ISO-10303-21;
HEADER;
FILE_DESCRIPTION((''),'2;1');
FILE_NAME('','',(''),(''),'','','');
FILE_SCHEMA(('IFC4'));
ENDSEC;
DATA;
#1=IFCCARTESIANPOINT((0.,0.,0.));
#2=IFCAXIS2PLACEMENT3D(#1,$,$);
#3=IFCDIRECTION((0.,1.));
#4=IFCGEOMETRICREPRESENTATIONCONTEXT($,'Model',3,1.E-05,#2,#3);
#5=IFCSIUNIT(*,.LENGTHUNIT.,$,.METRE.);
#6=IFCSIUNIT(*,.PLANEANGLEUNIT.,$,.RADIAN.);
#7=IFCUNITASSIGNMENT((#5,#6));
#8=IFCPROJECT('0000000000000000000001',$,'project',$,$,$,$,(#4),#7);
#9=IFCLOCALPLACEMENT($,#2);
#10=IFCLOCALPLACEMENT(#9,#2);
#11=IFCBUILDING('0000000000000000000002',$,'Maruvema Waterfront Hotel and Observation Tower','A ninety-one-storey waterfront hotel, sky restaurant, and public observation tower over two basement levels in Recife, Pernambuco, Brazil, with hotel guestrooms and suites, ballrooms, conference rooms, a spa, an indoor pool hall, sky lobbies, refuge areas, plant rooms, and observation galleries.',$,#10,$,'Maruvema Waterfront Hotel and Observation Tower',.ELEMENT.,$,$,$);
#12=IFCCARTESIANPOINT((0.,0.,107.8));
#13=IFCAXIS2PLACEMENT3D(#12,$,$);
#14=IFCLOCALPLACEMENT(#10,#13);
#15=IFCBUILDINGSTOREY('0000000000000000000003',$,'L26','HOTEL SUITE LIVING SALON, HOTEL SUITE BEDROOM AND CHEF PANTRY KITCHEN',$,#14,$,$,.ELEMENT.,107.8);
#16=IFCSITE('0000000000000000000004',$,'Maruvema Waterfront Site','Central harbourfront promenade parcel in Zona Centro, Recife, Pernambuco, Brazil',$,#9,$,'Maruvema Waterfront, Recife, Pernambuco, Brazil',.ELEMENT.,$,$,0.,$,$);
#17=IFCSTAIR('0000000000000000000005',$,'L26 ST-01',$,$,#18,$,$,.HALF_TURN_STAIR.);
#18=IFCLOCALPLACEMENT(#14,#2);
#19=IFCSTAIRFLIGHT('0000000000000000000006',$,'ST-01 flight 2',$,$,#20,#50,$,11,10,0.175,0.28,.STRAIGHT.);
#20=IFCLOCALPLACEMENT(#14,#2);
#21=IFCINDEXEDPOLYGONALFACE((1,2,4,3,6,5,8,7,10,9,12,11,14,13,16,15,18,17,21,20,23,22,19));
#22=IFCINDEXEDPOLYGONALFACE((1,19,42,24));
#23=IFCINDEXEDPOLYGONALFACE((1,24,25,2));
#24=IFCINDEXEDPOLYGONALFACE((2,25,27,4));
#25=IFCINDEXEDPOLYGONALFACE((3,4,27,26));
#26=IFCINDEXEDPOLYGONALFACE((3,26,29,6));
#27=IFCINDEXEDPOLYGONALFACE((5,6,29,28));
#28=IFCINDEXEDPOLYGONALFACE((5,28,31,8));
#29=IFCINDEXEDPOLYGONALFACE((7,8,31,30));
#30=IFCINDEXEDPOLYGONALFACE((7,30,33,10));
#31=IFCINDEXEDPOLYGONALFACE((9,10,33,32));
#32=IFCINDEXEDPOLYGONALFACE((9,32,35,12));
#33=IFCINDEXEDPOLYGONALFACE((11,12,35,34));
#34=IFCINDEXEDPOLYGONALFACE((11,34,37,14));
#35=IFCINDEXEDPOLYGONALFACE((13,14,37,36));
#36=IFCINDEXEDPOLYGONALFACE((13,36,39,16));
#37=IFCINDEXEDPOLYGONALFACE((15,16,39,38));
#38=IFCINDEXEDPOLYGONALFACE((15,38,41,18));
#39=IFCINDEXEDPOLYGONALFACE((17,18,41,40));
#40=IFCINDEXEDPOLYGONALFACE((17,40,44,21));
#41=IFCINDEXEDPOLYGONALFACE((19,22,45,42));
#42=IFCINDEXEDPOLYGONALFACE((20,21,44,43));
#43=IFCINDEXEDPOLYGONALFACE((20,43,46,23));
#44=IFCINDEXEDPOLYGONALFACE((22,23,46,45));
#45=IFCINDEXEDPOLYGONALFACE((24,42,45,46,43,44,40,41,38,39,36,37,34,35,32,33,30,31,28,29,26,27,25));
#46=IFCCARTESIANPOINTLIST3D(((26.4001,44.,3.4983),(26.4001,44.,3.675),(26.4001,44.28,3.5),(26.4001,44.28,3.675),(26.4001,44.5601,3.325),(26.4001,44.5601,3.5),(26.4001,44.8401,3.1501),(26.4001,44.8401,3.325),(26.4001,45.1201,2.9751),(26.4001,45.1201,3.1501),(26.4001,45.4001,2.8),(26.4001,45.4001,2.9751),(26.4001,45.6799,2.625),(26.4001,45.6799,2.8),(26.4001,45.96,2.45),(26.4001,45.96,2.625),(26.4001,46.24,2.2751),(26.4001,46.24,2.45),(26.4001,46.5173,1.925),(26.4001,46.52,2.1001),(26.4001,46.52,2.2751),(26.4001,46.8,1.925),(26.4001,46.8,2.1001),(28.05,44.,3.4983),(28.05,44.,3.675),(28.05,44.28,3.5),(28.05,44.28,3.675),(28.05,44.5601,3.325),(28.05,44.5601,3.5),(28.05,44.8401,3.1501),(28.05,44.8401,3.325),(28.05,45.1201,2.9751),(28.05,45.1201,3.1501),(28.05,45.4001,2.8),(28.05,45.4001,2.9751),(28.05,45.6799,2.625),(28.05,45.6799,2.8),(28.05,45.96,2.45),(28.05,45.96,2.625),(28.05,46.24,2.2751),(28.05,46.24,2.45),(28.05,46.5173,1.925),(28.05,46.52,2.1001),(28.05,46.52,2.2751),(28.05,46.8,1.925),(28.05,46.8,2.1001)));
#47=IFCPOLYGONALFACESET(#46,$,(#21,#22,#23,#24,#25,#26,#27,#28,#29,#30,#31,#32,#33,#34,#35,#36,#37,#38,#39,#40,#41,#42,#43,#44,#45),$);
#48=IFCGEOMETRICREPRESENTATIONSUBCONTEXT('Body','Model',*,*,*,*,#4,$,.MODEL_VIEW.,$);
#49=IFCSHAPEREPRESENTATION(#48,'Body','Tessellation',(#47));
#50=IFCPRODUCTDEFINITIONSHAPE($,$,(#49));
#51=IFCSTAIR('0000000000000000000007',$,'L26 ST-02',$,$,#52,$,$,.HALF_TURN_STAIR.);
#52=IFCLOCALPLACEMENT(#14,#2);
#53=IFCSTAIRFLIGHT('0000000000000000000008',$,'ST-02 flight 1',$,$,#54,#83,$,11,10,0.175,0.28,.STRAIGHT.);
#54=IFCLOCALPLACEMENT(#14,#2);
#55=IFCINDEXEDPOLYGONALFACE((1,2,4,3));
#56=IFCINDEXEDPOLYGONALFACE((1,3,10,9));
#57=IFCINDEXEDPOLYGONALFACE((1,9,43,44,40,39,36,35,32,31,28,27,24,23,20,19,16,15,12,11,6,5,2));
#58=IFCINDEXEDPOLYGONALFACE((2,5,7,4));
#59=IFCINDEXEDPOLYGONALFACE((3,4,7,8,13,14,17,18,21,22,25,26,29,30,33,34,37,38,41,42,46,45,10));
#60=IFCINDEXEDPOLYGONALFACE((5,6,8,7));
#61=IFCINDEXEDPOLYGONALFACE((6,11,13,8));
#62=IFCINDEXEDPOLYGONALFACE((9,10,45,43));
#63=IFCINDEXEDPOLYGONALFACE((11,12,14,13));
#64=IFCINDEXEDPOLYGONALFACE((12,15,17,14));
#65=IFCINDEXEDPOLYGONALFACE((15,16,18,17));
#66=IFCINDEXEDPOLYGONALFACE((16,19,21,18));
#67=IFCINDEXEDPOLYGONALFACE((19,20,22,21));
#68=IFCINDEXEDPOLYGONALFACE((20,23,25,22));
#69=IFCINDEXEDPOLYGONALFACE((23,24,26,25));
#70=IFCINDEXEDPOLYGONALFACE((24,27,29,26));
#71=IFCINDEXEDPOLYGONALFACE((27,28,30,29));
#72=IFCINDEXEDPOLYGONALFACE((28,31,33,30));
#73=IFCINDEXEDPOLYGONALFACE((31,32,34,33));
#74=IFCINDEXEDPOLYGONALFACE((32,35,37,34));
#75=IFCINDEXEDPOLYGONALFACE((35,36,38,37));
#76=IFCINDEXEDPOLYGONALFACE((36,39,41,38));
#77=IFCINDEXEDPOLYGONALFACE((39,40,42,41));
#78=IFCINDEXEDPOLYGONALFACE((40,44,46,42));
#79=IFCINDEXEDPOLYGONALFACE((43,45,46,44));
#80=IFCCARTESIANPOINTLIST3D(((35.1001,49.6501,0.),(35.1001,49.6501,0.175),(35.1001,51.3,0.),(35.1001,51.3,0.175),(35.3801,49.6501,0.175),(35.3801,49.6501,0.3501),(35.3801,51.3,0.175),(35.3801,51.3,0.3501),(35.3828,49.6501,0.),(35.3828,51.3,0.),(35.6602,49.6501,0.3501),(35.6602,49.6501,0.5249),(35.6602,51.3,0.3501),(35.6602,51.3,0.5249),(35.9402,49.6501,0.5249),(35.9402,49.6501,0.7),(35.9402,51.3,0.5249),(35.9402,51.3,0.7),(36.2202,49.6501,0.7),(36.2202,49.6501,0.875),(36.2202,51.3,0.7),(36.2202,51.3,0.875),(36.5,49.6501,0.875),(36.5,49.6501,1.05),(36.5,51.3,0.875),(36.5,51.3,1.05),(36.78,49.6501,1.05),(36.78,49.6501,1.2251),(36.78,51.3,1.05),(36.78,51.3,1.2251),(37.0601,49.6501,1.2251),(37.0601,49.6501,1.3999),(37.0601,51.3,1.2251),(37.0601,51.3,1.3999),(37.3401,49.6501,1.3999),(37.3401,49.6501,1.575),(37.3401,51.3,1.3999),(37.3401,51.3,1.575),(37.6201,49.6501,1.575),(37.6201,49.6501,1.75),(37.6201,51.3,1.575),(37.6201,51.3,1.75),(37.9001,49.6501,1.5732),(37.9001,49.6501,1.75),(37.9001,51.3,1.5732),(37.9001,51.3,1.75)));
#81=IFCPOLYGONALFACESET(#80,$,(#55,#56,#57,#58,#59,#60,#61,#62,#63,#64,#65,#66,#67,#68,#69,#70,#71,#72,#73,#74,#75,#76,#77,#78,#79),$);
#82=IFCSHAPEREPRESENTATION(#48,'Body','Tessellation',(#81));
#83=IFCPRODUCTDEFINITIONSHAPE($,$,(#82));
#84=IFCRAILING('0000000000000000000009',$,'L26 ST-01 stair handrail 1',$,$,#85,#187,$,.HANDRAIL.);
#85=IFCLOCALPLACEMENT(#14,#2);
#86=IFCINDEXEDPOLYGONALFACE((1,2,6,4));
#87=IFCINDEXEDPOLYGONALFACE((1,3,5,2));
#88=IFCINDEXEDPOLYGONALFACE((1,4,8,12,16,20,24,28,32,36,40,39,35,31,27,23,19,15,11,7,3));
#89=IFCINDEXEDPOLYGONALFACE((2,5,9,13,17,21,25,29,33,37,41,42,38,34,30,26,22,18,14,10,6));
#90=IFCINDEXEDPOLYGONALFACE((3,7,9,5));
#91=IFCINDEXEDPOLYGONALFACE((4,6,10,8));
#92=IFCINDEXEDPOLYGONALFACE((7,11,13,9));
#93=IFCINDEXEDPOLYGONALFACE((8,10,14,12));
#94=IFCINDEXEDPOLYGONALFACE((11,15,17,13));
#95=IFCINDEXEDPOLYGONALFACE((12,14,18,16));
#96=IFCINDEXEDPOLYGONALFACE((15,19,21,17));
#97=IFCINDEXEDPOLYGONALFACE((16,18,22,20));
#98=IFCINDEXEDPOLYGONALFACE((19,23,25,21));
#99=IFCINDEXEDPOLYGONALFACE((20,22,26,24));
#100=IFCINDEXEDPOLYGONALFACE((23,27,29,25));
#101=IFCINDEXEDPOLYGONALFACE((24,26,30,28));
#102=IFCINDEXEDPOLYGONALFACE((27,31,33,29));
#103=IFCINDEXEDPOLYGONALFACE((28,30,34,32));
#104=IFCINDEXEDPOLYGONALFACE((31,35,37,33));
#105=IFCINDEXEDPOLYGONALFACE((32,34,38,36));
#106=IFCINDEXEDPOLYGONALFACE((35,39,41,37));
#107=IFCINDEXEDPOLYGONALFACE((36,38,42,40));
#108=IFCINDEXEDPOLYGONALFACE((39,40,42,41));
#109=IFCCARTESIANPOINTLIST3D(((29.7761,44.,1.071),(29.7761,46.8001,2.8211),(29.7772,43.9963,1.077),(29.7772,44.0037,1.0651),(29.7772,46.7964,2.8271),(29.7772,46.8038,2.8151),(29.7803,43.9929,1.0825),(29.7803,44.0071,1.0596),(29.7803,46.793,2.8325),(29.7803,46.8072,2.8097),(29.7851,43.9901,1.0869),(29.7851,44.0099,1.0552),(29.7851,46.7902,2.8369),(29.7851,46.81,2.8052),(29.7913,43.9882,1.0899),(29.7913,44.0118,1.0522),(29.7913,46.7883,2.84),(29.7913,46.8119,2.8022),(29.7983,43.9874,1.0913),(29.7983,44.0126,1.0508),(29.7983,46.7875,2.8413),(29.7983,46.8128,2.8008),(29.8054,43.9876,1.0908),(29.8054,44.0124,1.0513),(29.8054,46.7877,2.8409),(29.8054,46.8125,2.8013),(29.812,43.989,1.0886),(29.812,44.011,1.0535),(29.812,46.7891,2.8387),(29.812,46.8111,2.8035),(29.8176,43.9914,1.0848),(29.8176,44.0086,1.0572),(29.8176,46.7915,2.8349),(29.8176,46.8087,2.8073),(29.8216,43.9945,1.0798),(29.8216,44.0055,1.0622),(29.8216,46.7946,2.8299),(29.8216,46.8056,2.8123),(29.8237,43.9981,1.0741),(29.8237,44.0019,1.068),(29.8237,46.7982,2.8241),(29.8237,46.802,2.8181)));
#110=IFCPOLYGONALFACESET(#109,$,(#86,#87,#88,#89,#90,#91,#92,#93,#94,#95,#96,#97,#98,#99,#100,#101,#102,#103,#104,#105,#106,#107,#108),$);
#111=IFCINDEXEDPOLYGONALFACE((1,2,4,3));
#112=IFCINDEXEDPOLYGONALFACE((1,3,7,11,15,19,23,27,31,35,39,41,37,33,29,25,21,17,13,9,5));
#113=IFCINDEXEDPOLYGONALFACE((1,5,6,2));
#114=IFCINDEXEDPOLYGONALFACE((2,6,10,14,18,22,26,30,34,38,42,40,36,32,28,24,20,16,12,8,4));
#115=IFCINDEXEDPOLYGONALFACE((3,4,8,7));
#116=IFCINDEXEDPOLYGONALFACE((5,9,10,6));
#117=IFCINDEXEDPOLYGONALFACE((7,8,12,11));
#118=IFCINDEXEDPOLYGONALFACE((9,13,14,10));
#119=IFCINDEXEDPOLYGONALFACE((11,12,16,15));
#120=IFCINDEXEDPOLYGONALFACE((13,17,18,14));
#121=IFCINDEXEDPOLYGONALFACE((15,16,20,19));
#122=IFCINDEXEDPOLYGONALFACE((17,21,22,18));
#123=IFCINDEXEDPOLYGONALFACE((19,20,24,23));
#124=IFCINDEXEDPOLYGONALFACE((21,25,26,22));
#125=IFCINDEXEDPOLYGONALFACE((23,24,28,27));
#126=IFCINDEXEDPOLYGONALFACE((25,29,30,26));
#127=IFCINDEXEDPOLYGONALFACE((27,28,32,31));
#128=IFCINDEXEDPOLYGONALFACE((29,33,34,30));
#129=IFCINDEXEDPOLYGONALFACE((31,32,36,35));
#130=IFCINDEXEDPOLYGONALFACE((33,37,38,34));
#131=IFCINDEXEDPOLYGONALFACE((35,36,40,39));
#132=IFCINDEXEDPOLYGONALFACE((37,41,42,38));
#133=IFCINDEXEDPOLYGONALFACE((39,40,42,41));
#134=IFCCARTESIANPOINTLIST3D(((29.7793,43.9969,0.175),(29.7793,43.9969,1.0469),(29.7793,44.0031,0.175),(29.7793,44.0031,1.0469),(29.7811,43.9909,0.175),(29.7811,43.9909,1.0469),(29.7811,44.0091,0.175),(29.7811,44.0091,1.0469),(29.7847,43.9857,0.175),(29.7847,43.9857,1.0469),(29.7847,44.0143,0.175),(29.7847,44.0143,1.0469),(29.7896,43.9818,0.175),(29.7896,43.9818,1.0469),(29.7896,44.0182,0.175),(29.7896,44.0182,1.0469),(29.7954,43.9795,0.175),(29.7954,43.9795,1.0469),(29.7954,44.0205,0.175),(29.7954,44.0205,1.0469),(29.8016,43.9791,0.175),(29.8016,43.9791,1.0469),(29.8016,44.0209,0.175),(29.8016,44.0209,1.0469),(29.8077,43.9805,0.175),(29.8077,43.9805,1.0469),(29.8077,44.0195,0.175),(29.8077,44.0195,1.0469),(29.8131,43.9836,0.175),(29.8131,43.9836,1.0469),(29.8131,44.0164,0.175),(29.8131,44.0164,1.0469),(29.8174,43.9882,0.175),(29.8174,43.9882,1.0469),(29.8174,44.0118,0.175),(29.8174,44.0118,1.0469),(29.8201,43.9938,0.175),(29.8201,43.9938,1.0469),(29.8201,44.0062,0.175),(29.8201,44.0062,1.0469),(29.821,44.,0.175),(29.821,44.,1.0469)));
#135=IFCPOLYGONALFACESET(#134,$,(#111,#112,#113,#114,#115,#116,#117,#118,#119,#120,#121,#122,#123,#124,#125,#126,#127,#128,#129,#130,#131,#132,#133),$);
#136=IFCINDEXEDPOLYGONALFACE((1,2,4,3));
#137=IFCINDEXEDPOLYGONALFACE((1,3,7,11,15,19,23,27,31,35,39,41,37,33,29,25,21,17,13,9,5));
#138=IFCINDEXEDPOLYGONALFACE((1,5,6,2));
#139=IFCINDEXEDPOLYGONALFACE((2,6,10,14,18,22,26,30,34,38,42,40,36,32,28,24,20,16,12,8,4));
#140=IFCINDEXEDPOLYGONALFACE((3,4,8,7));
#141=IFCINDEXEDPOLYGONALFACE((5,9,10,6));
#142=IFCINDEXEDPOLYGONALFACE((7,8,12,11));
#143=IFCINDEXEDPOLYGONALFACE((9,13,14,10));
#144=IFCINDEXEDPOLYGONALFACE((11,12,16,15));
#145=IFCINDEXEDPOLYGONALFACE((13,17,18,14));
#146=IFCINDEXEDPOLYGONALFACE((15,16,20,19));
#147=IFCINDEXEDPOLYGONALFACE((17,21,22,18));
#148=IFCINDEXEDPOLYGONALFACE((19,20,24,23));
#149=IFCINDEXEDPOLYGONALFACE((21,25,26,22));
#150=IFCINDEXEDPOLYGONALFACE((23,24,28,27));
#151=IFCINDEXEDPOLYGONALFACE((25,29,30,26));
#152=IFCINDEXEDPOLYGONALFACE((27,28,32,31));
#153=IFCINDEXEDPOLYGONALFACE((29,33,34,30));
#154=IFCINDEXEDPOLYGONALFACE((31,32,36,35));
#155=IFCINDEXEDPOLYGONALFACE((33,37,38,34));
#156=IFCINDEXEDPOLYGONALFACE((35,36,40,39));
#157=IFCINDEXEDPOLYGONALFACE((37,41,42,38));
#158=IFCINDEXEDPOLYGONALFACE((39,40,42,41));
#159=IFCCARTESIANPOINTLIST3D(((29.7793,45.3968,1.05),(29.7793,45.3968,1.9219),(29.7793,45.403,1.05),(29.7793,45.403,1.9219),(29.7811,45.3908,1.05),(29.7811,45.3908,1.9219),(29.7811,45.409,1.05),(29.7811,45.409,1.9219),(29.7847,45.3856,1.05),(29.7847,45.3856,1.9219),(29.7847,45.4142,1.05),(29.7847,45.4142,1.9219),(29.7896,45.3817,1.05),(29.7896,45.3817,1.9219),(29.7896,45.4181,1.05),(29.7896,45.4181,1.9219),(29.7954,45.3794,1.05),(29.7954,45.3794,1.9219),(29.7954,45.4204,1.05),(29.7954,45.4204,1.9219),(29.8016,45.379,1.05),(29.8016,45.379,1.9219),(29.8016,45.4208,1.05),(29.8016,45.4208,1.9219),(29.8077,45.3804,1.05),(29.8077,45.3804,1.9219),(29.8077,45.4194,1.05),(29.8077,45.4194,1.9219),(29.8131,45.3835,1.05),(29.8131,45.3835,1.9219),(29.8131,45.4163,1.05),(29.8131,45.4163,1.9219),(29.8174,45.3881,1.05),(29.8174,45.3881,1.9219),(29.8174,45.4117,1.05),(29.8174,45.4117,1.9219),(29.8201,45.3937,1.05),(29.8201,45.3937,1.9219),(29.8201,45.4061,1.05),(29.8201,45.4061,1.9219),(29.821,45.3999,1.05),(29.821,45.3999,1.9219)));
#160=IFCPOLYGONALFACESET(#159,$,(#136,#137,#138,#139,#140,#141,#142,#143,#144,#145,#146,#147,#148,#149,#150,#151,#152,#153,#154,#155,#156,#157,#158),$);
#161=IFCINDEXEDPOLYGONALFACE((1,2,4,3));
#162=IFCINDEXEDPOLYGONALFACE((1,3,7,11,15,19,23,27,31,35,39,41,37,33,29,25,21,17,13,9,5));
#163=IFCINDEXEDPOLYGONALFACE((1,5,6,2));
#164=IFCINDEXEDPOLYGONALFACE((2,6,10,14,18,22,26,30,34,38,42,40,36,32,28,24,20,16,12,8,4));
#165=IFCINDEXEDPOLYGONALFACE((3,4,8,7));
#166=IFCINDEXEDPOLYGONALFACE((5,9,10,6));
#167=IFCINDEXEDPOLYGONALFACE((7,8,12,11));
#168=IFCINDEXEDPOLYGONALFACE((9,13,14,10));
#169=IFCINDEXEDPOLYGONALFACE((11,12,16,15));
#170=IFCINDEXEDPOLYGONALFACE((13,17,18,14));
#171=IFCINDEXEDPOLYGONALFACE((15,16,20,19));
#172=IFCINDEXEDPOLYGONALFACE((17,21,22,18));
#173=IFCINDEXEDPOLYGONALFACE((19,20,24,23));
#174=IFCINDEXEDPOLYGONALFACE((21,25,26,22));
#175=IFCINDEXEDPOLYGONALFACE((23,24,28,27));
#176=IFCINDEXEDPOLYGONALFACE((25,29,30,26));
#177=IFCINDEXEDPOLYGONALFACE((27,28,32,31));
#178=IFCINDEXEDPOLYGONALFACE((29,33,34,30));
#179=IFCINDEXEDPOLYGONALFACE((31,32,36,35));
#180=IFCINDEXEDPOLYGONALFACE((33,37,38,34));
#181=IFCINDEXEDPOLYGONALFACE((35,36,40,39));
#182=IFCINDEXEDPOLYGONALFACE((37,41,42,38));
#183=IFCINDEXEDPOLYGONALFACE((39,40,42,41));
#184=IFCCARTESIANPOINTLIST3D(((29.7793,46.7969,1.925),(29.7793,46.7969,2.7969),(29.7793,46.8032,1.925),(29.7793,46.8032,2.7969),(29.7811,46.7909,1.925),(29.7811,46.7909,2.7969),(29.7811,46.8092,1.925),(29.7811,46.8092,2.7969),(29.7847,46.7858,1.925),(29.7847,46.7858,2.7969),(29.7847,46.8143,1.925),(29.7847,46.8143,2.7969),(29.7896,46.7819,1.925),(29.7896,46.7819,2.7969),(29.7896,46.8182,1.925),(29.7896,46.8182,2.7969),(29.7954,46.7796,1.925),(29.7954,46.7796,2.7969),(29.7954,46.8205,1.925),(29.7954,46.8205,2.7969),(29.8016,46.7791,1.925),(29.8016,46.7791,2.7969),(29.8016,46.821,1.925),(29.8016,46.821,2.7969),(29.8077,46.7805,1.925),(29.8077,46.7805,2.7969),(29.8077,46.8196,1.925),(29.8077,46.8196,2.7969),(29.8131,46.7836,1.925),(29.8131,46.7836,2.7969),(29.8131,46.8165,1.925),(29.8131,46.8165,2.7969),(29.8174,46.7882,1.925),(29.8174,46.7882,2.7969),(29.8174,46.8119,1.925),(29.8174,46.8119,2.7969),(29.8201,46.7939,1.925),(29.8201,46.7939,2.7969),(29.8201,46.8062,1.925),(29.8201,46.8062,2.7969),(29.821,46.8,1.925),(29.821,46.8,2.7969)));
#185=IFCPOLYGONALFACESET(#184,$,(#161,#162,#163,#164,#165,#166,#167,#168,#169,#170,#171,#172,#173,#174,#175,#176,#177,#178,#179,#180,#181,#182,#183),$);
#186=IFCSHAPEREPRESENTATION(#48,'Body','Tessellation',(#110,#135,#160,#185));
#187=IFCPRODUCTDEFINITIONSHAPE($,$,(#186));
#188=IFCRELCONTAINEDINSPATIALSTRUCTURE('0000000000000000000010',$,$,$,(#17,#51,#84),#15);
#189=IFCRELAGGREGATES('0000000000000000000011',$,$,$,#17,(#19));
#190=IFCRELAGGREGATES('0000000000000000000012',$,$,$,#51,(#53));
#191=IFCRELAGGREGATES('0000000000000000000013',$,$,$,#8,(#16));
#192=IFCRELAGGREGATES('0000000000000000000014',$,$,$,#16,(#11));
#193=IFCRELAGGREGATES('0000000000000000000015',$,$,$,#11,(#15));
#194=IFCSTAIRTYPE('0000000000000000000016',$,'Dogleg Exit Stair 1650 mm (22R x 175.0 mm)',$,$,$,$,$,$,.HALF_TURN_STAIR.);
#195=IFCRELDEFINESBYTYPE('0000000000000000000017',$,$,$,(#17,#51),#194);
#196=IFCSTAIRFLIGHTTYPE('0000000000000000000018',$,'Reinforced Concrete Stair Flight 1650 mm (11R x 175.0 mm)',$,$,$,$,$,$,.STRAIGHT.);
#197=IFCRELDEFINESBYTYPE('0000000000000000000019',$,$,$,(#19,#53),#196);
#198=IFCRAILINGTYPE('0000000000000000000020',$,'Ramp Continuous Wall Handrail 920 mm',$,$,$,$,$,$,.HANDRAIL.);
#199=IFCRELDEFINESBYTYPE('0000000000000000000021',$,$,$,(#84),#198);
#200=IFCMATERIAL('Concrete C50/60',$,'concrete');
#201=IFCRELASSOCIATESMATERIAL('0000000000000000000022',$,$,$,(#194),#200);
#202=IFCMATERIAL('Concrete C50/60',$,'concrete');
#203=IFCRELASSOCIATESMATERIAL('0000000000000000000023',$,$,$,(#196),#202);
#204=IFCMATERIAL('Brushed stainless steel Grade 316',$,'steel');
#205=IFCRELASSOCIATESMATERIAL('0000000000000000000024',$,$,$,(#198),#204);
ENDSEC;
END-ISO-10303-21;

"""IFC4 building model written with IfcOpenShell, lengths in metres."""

from ifc_helpers import new_model, si_unit, direction, frame, origin, origin_2d, place, context, subcontext, project, spatial, polyline, circle, outline, extrude, material, type_object, element, aggregate, save


model = new_model("IFC4")

# Units and contexts
model_context = context("Model", 3, precision=1e-05, world=origin(), true_north=direction((0.0, 1.0)))
body_context = subcontext(model_context, "Body", "Model", "MODEL_VIEW")
ifc_project = project(units=[si_unit("LENGTHUNIT", "METRE"), si_unit("PLANEANGLEUNIT", "RADIAN")], contexts=[model_context])

# Site, building, storey
site_placement = place(None, origin())
site = spatial("IfcSite", under=ifc_project, at=site_placement, Name="Maruvema Waterfront Site", Description="Central harbourfront promenade parcel in Zona Centro, Recife, Pernambuco, Brazil", LongName="Maruvema Waterfront, Recife, Pernambuco, Brazil", CompositionType="ELEMENT", RefElevation=0.0)
building_placement = place(site_placement, origin())
building = spatial("IfcBuilding", under=site, at=building_placement, Name="Maruvema Waterfront Hotel and Observation Tower", Description="A ninety-one-storey waterfront hotel, sky restaurant, and public observation tower over two basement levels in Recife, Pernambuco, Brazil, with hotel guestrooms and suites, ballrooms, conference rooms, a spa, an indoor pool hall, sky lobbies, refuge areas, plant rooms, and observation galleries.", LongName="Maruvema Waterfront Hotel and Observation Tower", CompositionType="ELEMENT")
storey_placement = place(building_placement, frame((0.0, 0.0, 107.8)))
storey = spatial("IfcBuildingStorey", under=building, at=storey_placement, Name="L26", Description="HOTEL SUITE LIVING SALON, HOTEL SUITE BEDROOM AND CHEF PANTRY KITCHEN", CompositionType="ELEMENT", Elevation=107.8)

# Stair, stair flight
ifc_material_1 = material(Name="Concrete C50/60", Category="concrete")
stair_type = type_object("IfcStairType", Name="Dogleg Exit Stair 1650 mm (22R x 175.0 mm)", PredefinedType="HALF_TURN_STAIR", material=ifc_material_1)
stair_1_placement = place(storey_placement, origin())
stair_1 = element("IfcStair", 1, at=stair_1_placement, inside=storey, type_object=stair_type, Name="L26 ST-01", PredefinedType="HALF_TURN_STAIR")
ifc_material_2 = material(Name="Concrete C50/60", Category="concrete")
stair_flight_type = type_object("IfcStairFlightType", Name="Reinforced Concrete Stair Flight 1650 mm (11R x 175.0 mm)", PredefinedType="STRAIGHT", material=ifc_material_2)
stair_flight_1_placement = place(storey_placement, frame((27.2251, 46.8, 1.925), z_axis=(0.0, 0.0, 1.0), x_axis=(0.0, -1.0, 0.0)))
stair_flight_1 = element("IfcStairFlight", 2, at=stair_flight_1_placement, type_object=stair_flight_type, Name="ST-01 flight 2", NumberOfRisers=11, NumberOfTreads=10, PredefinedType="STRAIGHT", RiserHeight=0.175, TreadLength=0.28, context=body_context, shape_type="SweptSolid", body=[
    extrude(outline(polyline([(0.0, 0.0), (0.0, 0.175), (0.28, 0.175), (0.28, 0.3501), (0.5601, 0.3501), (0.5601, 0.5249), (0.8401, 0.5249), (0.8401, 0.7), (1.1201, 0.7), (1.1201, 0.875), (1.3999, 0.875), (1.3999, 1.05), (1.6799, 1.05), (1.6799, 1.2251), (1.96, 1.2251), (1.96, 1.3999), (2.24, 1.3999), (2.24, 1.575), (2.52, 1.575), (2.52, 1.75), (2.8, 1.75), (2.8, 1.925), (2.8, 1.5732), (0.2827, 0.0), (0.0, 0.0)])), frame((0.0, 0.825, 0.0), z_axis=(0.0, -1.0, 0.0), x_axis=(1.0, 0.0, 0.0)), (0.0, 0.0, 1.0), 1.6499),
])
aggregate(stair_1, [stair_flight_1])

# Stair, stair flight
stair_2_placement = place(storey_placement, origin())
stair_2 = element("IfcStair", 3, at=stair_2_placement, inside=storey, type_object=stair_type, Name="L26 ST-02", PredefinedType="HALF_TURN_STAIR")
stair_flight_2_placement = place(storey_placement, frame((35.1001, 50.4751, 0.0), z_axis=(0.0, 0.0, 1.0), x_axis=(1.0, 0.0, 0.0)))
stair_flight_2 = element("IfcStairFlight", 4, at=stair_flight_2_placement, type_object=stair_flight_type, Name="ST-02 flight 1", NumberOfRisers=11, NumberOfTreads=10, PredefinedType="STRAIGHT", RiserHeight=0.175, TreadLength=0.28, context=body_context, shape_type="SweptSolid", body=[
    extrude(outline(polyline([(0.0, 0.0), (0.0, 0.175), (0.28, 0.175), (0.28, 0.3501), (0.5601, 0.3501), (0.5601, 0.5249), (0.8401, 0.5249), (0.8401, 0.7), (1.1201, 0.7), (1.1201, 0.875), (1.3999, 0.875), (1.3999, 1.05), (1.6799, 1.05), (1.6799, 1.2251), (1.96, 1.2251), (1.96, 1.3999), (2.24, 1.3999), (2.24, 1.575), (2.52, 1.575), (2.52, 1.75), (2.8, 1.75), (2.8, 1.925), (2.8, 1.5732), (0.2827, 0.0), (0.0, 0.0)])), frame((0.0, 0.825, 0.0), z_axis=(0.0, -1.0, 0.0), x_axis=(1.0, 0.0, 0.0)), (0.0, 0.0, 1.0), 1.6499),
])
aggregate(stair_2, [stair_flight_2])

# Railing
ifc_material_3 = material(Name="Brushed stainless steel Grade 316", Category="steel")
railing_type_1 = type_object("IfcRailingType", Name="Ramp Continuous Wall Handrail 920 mm", PredefinedType="HANDRAIL", material=ifc_material_3)
railing_1_placement = place(storey_placement, frame((29.8, 44.0, 0.175)))
element("IfcRailing", 5, at=railing_1_placement, inside=storey, type_object=railing_type_1, Name="L26 ST-01 stair handrail 1", PredefinedType="HANDRAIL", context=body_context, shape_type="SweptSolid", body=[
    extrude(circle(Radius=0.0239, at=origin_2d()), frame((0.0, 0.0, 0.896), z_axis=(0.0, 0.848002, 0.529992), x_axis=(-1.0, 0.0, 0.0)), (0.0, 0.0, 1.0), 3.302),
    extrude(circle(Radius=0.021, at=origin_2d()), origin(), (0.0, 0.0, 1.0), 0.8718),
    extrude(circle(Radius=0.021, at=origin_2d()), frame((0.0, 1.3999, 0.875)), (0.0, 0.0, 1.0), 0.8718),
    extrude(circle(Radius=0.021, at=origin_2d()), frame((0.0, 2.8, 1.75)), (0.0, 0.0, 1.0), 0.8718),
])

save(model, "model.ifc")
